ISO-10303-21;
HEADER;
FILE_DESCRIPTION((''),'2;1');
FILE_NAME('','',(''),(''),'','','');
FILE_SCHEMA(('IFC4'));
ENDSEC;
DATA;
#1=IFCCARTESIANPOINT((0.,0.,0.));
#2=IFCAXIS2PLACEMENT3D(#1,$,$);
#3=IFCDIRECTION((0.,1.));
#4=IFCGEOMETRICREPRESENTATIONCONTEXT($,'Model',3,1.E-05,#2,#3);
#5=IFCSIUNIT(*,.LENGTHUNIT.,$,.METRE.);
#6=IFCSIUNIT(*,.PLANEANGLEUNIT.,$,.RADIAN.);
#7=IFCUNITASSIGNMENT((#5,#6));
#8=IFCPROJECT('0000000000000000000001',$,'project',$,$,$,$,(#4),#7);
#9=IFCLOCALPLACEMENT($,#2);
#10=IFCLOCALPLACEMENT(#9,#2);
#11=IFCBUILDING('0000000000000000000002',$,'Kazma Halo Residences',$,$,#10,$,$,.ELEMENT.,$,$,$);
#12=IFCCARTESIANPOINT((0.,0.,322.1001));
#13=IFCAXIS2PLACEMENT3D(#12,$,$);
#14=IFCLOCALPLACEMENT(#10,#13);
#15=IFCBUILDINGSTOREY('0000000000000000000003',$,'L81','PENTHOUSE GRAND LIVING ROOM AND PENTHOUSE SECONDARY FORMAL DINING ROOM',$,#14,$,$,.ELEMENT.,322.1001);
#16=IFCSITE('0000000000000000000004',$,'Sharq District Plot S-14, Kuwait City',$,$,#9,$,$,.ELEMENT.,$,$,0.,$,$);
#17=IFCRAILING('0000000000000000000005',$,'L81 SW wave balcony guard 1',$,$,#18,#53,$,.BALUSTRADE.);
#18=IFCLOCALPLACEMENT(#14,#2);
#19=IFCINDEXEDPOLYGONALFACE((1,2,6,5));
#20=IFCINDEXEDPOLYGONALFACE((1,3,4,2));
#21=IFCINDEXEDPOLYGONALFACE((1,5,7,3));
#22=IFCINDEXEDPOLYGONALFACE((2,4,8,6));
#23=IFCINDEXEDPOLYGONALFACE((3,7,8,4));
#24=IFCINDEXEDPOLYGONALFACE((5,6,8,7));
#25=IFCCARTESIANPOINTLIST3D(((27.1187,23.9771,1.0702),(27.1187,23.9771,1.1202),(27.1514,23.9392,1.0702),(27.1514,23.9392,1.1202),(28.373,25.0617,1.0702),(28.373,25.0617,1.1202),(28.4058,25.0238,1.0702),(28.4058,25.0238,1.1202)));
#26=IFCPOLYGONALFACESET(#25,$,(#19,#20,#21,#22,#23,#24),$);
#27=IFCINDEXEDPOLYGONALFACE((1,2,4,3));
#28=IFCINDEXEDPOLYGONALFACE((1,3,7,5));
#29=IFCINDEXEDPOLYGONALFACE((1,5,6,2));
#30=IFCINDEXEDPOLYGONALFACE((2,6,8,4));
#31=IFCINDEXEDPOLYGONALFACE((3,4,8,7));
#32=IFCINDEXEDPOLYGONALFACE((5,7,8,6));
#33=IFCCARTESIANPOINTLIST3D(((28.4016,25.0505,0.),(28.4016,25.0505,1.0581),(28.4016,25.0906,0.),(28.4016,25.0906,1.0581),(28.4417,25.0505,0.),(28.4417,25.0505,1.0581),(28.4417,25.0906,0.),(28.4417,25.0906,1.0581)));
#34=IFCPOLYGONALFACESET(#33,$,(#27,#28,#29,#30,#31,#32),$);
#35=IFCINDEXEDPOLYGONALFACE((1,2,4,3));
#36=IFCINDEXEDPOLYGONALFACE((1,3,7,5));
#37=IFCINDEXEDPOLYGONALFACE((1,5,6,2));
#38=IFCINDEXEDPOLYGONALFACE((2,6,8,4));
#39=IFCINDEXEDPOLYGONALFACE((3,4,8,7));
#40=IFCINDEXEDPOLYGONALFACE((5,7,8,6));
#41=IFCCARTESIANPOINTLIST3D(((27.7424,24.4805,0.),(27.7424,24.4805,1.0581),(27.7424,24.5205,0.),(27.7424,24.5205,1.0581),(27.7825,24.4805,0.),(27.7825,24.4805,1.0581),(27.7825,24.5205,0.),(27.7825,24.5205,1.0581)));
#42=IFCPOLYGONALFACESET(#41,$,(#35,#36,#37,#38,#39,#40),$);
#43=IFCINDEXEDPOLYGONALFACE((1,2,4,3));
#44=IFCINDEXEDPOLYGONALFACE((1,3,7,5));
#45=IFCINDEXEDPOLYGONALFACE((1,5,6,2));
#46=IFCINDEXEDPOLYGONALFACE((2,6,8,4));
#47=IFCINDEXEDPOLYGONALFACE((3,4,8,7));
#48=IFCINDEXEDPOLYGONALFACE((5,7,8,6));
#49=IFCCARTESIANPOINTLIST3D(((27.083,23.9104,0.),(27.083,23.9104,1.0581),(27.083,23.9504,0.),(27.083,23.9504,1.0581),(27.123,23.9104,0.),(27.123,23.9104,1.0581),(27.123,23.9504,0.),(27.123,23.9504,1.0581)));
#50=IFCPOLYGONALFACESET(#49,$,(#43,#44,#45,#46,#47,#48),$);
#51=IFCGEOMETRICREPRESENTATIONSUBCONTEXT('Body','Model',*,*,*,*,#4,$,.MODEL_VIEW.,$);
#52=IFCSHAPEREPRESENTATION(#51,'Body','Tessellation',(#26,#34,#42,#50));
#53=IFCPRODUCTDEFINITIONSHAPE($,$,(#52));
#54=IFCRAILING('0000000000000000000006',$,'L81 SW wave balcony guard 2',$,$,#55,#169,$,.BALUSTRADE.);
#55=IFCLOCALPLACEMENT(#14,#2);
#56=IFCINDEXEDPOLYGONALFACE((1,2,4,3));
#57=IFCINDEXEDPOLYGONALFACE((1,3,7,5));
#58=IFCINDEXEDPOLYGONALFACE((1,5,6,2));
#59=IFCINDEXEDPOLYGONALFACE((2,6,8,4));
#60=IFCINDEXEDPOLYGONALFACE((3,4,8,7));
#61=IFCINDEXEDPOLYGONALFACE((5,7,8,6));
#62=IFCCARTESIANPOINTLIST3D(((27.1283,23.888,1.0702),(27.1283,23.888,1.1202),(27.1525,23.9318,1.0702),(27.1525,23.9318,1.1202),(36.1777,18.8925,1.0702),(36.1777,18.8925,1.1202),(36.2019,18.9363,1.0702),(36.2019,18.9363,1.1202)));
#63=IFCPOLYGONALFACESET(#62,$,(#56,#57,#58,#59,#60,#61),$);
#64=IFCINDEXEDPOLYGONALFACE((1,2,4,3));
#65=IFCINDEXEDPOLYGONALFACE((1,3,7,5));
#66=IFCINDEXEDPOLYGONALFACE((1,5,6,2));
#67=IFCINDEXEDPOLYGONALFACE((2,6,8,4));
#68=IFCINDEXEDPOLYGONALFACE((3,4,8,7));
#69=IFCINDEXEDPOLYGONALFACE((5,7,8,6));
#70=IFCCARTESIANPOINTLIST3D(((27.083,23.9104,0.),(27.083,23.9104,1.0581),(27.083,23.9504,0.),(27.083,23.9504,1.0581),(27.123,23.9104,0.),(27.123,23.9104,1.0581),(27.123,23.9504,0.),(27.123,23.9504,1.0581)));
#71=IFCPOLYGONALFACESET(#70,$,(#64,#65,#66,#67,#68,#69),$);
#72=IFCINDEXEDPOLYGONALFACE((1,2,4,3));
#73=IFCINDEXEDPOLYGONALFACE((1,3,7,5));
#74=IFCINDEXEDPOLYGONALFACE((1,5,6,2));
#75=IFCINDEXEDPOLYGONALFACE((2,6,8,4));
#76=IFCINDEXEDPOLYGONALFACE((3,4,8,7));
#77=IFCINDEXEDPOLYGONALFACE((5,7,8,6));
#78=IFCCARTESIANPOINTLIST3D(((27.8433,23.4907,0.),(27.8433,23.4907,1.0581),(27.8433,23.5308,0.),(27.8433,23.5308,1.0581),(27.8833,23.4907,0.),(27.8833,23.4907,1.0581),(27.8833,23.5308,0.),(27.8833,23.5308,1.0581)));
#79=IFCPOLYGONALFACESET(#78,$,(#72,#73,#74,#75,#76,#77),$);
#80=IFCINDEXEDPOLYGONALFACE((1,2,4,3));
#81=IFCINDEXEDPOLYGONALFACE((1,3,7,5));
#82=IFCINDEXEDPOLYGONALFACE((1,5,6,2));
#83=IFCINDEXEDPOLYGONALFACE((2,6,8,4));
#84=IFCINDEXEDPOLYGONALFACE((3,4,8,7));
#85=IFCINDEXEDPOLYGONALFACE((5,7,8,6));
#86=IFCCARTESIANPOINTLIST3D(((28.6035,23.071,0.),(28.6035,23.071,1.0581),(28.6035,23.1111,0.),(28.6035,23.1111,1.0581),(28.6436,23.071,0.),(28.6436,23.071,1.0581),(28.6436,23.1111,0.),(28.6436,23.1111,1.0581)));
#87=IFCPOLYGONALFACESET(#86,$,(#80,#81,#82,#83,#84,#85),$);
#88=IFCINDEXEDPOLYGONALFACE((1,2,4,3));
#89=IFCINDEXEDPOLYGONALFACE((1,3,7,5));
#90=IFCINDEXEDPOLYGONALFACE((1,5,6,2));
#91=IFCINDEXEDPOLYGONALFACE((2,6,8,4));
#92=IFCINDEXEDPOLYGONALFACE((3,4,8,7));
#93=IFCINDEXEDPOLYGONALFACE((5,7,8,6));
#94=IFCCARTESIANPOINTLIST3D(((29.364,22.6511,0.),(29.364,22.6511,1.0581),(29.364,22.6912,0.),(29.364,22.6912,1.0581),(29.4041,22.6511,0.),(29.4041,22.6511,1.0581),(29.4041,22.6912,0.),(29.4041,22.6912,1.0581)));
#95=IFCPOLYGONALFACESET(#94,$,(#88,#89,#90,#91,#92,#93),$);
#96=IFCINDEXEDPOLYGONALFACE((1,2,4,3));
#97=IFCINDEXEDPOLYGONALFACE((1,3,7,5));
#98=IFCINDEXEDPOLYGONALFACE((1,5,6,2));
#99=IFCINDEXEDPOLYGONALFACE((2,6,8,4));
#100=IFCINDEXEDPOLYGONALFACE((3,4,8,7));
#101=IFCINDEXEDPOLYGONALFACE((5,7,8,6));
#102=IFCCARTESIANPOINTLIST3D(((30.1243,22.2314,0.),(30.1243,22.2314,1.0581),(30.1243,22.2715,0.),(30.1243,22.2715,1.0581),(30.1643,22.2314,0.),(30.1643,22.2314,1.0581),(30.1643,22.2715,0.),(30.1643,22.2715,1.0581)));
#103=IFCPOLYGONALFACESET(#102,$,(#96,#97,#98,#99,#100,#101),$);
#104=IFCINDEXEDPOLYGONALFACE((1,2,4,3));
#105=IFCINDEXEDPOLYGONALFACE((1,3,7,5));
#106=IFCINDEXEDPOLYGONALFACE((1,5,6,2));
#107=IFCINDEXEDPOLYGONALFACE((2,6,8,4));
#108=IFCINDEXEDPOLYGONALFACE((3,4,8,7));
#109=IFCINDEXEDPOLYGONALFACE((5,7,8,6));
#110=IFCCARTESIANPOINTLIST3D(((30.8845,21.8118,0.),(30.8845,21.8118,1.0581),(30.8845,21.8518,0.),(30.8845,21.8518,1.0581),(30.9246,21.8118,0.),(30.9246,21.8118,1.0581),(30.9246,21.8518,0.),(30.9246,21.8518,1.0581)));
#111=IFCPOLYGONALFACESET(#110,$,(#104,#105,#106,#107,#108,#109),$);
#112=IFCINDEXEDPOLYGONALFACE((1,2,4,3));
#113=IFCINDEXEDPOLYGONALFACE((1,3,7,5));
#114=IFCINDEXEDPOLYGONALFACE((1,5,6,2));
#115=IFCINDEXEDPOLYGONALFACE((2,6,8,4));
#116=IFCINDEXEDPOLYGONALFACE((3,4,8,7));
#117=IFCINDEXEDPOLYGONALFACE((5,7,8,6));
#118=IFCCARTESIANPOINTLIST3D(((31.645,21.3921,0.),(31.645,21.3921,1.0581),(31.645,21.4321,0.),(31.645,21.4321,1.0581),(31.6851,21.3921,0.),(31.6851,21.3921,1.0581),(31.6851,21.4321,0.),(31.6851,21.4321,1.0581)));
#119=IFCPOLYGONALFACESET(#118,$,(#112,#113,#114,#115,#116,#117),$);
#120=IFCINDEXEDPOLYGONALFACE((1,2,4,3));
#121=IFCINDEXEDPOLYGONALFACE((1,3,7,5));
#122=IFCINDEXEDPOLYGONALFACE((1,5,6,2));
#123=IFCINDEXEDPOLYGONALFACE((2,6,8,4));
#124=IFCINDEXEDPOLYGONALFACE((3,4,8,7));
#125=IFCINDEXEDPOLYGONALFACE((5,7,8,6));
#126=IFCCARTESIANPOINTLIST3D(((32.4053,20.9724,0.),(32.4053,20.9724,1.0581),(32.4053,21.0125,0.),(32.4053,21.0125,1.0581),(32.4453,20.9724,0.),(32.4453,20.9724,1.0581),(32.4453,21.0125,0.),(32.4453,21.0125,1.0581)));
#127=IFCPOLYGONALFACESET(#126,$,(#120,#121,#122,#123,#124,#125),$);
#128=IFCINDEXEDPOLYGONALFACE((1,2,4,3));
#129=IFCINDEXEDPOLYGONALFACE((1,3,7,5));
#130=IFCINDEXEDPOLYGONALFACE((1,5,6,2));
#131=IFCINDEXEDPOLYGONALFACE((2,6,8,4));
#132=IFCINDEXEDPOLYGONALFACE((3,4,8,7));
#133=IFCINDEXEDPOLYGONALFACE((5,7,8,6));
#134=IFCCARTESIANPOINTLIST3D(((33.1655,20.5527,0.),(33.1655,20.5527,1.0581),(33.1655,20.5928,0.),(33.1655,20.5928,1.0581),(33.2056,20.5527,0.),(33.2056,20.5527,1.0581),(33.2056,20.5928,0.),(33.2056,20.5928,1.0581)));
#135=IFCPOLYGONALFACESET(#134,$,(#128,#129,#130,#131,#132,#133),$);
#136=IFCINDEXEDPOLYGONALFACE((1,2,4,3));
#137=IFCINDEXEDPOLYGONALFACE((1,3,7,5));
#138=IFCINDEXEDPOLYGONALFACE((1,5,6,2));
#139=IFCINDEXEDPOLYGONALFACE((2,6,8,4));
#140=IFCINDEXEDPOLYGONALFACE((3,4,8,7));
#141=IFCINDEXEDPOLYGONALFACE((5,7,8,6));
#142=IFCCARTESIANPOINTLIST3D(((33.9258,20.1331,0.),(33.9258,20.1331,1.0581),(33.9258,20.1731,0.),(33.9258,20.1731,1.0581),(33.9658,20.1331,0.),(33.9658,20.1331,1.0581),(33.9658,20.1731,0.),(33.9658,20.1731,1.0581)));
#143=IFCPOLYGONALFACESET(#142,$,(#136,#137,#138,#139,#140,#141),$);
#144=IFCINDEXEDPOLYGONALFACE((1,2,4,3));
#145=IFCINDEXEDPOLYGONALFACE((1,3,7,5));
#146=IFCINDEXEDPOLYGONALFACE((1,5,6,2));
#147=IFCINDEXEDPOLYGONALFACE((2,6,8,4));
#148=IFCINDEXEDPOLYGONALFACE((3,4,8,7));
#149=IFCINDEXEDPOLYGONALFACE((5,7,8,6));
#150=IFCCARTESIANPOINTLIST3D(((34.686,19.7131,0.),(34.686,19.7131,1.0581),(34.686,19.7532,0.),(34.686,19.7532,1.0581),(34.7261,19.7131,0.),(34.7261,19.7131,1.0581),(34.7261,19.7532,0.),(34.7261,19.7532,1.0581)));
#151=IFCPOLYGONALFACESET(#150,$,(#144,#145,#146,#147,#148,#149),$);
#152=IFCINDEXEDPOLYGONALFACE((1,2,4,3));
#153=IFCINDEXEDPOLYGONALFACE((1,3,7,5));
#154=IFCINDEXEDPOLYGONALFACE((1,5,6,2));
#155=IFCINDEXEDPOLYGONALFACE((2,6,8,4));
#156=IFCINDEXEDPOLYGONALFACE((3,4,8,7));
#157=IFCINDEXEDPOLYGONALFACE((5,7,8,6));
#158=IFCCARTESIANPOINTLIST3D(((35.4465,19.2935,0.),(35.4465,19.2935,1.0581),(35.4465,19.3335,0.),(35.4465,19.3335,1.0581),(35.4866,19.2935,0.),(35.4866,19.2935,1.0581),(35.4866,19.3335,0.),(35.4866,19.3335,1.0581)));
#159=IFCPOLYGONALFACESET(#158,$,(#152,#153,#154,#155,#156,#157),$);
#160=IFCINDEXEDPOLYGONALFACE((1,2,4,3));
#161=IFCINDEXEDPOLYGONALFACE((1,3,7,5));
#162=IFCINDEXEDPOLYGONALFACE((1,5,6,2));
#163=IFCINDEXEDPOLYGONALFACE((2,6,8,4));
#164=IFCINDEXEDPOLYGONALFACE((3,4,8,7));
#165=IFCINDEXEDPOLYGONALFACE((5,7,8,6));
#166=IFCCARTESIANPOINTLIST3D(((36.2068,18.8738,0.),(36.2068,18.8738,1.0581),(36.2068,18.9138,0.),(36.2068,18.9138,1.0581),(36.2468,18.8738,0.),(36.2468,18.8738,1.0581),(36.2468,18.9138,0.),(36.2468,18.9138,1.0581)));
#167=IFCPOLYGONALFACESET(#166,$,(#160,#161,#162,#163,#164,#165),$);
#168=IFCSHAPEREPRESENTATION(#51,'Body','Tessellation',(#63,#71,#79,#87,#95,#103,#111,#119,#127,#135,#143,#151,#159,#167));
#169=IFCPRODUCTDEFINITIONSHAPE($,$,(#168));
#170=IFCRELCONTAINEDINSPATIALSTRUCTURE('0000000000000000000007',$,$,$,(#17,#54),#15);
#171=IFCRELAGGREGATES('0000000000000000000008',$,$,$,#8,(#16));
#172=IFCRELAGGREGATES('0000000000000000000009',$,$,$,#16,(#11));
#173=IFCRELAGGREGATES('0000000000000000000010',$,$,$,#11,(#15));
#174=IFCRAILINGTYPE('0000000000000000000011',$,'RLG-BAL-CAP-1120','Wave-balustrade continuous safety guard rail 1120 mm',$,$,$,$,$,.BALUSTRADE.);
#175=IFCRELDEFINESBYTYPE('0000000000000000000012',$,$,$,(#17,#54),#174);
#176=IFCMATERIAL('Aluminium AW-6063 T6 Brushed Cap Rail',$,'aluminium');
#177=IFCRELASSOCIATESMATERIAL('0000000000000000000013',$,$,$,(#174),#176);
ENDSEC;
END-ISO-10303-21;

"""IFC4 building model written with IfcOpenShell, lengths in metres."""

from ifc_helpers import new_model, si_unit, direction, frame, origin, origin_2d, place, context, subcontext, project, spatial, rectangle, extrude, material, type_object, element, save


model = new_model("IFC4")

# Units and contexts
model_context = context("Model", 3, precision=1e-05, world=origin(), true_north=direction((0.0, 1.0)))
body_context = subcontext(model_context, "Body", "Model", "MODEL_VIEW")
ifc_project = project(units=[si_unit("LENGTHUNIT", "METRE"), si_unit("PLANEANGLEUNIT", "RADIAN")], contexts=[model_context])

# Site, building, storey
site_placement = place(None, origin())
site = spatial("IfcSite", under=ifc_project, at=site_placement, Name="Sharq District Plot S-14, Kuwait City", CompositionType="ELEMENT", RefElevation=0.0)
building_placement = place(site_placement, origin())
building = spatial("IfcBuilding", under=site, at=building_placement, Name="Kazma Halo Residences", CompositionType="ELEMENT")
storey_placement = place(building_placement, frame((0.0, 0.0, 322.1001)))
storey = spatial("IfcBuildingStorey", under=building, at=storey_placement, Name="L81", Description="PENTHOUSE GRAND LIVING ROOM AND PENTHOUSE SECONDARY FORMAL DINING ROOM", CompositionType="ELEMENT", Elevation=322.1001)

# Railings
ifc_material_1 = material(Name="Aluminium AW-6063 T6 Brushed Cap Rail", Category="aluminium")
railing_type = type_object("IfcRailingType", Name="RLG-BAL-CAP-1120", Description="Wave-balustrade continuous safety guard rail 1120 mm", PredefinedType="BALUSTRADE", material=ifc_material_1)
railing_1_placement = place(storey_placement, frame((28.4216, 25.0706, 0.0)))
element("IfcRailing", 1, at=railing_1_placement, inside=storey, type_object=railing_type, Name="L81 SW wave balcony guard 1", PredefinedType="BALUSTRADE", context=body_context, shape_type="SweptSolid", body=[
    extrude(rectangle(XDim=0.05, YDim=0.05, at=origin_2d()), frame((-0.0322, -0.0278, 1.0952), z_axis=(-0.756442, -0.654061, 0.0), x_axis=(0.654061, -0.756442, 0.0)), (0.0, 0.0, 1.0), 1.6582),
    extrude(rectangle(XDim=0.04, YDim=0.04, at=origin_2d()), origin(), (0.0, 0.0, 1.0), 1.0581),
    extrude(rectangle(XDim=0.04, YDim=0.04, at=origin_2d()), frame((-0.6592, -0.5701, 0.0)), (0.0, 0.0, 1.0), 1.0581),
    extrude(rectangle(XDim=0.04, YDim=0.04, at=origin_2d()), frame((-1.3186, -1.1401, 0.0)), (0.0, 0.0, 1.0), 1.0581),
])
railing_2_placement = place(storey_placement, frame((27.103, 23.9304, 0.0)))
element("IfcRailing", 2, at=railing_2_placement, inside=storey, type_object=railing_type, Name="L81 SW wave balcony guard 2", PredefinedType="BALUSTRADE", context=body_context, shape_type="SweptSolid", body=[
    extrude(rectangle(XDim=0.05, YDim=0.05, at=origin_2d()), frame((0.0374, -0.0205, 1.0952), z_axis=(0.875464, -0.483284, 0.0), x_axis=(0.483284, 0.875464, 0.0)), (0.0, 0.0, 1.0), 10.3367),
    extrude(rectangle(XDim=0.04, YDim=0.04, at=origin_2d()), origin(), (0.0, 0.0, 1.0), 1.0581),
    extrude(rectangle(XDim=0.04, YDim=0.04, at=origin_2d()), frame((0.7603, -0.4197, 0.0)), (0.0, 0.0, 1.0), 1.0581),
    extrude(rectangle(XDim=0.04, YDim=0.04, at=origin_2d()), frame((1.5205, -0.8394, 0.0)), (0.0, 0.0, 1.0), 1.0581),
    extrude(rectangle(XDim=0.04, YDim=0.04, at=origin_2d()), frame((2.281, -1.2593, 0.0)), (0.0, 0.0, 1.0), 1.0581),
    extrude(rectangle(XDim=0.04, YDim=0.04, at=origin_2d()), frame((3.0413, -1.679, 0.0)), (0.0, 0.0, 1.0), 1.0581),
    extrude(rectangle(XDim=0.04, YDim=0.04, at=origin_2d()), frame((3.8015, -2.0986, 0.0)), (0.0, 0.0, 1.0), 1.0581),
    extrude(rectangle(XDim=0.04, YDim=0.04, at=origin_2d()), frame((4.562, -2.5183, 0.0)), (0.0, 0.0, 1.0), 1.0581),
    extrude(rectangle(XDim=0.04, YDim=0.04, at=origin_2d()), frame((5.3223, -2.938, 0.0)), (0.0, 0.0, 1.0), 1.0581),
    extrude(rectangle(XDim=0.04, YDim=0.04, at=origin_2d()), frame((6.0825, -3.3577, 0.0)), (0.0, 0.0, 1.0), 1.0581),
    extrude(rectangle(XDim=0.04, YDim=0.04, at=origin_2d()), frame((6.8428, -3.7773, 0.0)), (0.0, 0.0, 1.0), 1.0581),
    extrude(rectangle(XDim=0.04, YDim=0.04, at=origin_2d()), frame((7.603, -4.1973, 0.0)), (0.0, 0.0, 1.0), 1.0581),
    extrude(rectangle(XDim=0.04, YDim=0.04, at=origin_2d()), frame((8.3635, -4.6169, 0.0)), (0.0, 0.0, 1.0), 1.0581),
    extrude(rectangle(XDim=0.04, YDim=0.04, at=origin_2d()), frame((9.1238, -5.0366, 0.0)), (0.0, 0.0, 1.0), 1.0581),
])

save(model, "model.ifc")
